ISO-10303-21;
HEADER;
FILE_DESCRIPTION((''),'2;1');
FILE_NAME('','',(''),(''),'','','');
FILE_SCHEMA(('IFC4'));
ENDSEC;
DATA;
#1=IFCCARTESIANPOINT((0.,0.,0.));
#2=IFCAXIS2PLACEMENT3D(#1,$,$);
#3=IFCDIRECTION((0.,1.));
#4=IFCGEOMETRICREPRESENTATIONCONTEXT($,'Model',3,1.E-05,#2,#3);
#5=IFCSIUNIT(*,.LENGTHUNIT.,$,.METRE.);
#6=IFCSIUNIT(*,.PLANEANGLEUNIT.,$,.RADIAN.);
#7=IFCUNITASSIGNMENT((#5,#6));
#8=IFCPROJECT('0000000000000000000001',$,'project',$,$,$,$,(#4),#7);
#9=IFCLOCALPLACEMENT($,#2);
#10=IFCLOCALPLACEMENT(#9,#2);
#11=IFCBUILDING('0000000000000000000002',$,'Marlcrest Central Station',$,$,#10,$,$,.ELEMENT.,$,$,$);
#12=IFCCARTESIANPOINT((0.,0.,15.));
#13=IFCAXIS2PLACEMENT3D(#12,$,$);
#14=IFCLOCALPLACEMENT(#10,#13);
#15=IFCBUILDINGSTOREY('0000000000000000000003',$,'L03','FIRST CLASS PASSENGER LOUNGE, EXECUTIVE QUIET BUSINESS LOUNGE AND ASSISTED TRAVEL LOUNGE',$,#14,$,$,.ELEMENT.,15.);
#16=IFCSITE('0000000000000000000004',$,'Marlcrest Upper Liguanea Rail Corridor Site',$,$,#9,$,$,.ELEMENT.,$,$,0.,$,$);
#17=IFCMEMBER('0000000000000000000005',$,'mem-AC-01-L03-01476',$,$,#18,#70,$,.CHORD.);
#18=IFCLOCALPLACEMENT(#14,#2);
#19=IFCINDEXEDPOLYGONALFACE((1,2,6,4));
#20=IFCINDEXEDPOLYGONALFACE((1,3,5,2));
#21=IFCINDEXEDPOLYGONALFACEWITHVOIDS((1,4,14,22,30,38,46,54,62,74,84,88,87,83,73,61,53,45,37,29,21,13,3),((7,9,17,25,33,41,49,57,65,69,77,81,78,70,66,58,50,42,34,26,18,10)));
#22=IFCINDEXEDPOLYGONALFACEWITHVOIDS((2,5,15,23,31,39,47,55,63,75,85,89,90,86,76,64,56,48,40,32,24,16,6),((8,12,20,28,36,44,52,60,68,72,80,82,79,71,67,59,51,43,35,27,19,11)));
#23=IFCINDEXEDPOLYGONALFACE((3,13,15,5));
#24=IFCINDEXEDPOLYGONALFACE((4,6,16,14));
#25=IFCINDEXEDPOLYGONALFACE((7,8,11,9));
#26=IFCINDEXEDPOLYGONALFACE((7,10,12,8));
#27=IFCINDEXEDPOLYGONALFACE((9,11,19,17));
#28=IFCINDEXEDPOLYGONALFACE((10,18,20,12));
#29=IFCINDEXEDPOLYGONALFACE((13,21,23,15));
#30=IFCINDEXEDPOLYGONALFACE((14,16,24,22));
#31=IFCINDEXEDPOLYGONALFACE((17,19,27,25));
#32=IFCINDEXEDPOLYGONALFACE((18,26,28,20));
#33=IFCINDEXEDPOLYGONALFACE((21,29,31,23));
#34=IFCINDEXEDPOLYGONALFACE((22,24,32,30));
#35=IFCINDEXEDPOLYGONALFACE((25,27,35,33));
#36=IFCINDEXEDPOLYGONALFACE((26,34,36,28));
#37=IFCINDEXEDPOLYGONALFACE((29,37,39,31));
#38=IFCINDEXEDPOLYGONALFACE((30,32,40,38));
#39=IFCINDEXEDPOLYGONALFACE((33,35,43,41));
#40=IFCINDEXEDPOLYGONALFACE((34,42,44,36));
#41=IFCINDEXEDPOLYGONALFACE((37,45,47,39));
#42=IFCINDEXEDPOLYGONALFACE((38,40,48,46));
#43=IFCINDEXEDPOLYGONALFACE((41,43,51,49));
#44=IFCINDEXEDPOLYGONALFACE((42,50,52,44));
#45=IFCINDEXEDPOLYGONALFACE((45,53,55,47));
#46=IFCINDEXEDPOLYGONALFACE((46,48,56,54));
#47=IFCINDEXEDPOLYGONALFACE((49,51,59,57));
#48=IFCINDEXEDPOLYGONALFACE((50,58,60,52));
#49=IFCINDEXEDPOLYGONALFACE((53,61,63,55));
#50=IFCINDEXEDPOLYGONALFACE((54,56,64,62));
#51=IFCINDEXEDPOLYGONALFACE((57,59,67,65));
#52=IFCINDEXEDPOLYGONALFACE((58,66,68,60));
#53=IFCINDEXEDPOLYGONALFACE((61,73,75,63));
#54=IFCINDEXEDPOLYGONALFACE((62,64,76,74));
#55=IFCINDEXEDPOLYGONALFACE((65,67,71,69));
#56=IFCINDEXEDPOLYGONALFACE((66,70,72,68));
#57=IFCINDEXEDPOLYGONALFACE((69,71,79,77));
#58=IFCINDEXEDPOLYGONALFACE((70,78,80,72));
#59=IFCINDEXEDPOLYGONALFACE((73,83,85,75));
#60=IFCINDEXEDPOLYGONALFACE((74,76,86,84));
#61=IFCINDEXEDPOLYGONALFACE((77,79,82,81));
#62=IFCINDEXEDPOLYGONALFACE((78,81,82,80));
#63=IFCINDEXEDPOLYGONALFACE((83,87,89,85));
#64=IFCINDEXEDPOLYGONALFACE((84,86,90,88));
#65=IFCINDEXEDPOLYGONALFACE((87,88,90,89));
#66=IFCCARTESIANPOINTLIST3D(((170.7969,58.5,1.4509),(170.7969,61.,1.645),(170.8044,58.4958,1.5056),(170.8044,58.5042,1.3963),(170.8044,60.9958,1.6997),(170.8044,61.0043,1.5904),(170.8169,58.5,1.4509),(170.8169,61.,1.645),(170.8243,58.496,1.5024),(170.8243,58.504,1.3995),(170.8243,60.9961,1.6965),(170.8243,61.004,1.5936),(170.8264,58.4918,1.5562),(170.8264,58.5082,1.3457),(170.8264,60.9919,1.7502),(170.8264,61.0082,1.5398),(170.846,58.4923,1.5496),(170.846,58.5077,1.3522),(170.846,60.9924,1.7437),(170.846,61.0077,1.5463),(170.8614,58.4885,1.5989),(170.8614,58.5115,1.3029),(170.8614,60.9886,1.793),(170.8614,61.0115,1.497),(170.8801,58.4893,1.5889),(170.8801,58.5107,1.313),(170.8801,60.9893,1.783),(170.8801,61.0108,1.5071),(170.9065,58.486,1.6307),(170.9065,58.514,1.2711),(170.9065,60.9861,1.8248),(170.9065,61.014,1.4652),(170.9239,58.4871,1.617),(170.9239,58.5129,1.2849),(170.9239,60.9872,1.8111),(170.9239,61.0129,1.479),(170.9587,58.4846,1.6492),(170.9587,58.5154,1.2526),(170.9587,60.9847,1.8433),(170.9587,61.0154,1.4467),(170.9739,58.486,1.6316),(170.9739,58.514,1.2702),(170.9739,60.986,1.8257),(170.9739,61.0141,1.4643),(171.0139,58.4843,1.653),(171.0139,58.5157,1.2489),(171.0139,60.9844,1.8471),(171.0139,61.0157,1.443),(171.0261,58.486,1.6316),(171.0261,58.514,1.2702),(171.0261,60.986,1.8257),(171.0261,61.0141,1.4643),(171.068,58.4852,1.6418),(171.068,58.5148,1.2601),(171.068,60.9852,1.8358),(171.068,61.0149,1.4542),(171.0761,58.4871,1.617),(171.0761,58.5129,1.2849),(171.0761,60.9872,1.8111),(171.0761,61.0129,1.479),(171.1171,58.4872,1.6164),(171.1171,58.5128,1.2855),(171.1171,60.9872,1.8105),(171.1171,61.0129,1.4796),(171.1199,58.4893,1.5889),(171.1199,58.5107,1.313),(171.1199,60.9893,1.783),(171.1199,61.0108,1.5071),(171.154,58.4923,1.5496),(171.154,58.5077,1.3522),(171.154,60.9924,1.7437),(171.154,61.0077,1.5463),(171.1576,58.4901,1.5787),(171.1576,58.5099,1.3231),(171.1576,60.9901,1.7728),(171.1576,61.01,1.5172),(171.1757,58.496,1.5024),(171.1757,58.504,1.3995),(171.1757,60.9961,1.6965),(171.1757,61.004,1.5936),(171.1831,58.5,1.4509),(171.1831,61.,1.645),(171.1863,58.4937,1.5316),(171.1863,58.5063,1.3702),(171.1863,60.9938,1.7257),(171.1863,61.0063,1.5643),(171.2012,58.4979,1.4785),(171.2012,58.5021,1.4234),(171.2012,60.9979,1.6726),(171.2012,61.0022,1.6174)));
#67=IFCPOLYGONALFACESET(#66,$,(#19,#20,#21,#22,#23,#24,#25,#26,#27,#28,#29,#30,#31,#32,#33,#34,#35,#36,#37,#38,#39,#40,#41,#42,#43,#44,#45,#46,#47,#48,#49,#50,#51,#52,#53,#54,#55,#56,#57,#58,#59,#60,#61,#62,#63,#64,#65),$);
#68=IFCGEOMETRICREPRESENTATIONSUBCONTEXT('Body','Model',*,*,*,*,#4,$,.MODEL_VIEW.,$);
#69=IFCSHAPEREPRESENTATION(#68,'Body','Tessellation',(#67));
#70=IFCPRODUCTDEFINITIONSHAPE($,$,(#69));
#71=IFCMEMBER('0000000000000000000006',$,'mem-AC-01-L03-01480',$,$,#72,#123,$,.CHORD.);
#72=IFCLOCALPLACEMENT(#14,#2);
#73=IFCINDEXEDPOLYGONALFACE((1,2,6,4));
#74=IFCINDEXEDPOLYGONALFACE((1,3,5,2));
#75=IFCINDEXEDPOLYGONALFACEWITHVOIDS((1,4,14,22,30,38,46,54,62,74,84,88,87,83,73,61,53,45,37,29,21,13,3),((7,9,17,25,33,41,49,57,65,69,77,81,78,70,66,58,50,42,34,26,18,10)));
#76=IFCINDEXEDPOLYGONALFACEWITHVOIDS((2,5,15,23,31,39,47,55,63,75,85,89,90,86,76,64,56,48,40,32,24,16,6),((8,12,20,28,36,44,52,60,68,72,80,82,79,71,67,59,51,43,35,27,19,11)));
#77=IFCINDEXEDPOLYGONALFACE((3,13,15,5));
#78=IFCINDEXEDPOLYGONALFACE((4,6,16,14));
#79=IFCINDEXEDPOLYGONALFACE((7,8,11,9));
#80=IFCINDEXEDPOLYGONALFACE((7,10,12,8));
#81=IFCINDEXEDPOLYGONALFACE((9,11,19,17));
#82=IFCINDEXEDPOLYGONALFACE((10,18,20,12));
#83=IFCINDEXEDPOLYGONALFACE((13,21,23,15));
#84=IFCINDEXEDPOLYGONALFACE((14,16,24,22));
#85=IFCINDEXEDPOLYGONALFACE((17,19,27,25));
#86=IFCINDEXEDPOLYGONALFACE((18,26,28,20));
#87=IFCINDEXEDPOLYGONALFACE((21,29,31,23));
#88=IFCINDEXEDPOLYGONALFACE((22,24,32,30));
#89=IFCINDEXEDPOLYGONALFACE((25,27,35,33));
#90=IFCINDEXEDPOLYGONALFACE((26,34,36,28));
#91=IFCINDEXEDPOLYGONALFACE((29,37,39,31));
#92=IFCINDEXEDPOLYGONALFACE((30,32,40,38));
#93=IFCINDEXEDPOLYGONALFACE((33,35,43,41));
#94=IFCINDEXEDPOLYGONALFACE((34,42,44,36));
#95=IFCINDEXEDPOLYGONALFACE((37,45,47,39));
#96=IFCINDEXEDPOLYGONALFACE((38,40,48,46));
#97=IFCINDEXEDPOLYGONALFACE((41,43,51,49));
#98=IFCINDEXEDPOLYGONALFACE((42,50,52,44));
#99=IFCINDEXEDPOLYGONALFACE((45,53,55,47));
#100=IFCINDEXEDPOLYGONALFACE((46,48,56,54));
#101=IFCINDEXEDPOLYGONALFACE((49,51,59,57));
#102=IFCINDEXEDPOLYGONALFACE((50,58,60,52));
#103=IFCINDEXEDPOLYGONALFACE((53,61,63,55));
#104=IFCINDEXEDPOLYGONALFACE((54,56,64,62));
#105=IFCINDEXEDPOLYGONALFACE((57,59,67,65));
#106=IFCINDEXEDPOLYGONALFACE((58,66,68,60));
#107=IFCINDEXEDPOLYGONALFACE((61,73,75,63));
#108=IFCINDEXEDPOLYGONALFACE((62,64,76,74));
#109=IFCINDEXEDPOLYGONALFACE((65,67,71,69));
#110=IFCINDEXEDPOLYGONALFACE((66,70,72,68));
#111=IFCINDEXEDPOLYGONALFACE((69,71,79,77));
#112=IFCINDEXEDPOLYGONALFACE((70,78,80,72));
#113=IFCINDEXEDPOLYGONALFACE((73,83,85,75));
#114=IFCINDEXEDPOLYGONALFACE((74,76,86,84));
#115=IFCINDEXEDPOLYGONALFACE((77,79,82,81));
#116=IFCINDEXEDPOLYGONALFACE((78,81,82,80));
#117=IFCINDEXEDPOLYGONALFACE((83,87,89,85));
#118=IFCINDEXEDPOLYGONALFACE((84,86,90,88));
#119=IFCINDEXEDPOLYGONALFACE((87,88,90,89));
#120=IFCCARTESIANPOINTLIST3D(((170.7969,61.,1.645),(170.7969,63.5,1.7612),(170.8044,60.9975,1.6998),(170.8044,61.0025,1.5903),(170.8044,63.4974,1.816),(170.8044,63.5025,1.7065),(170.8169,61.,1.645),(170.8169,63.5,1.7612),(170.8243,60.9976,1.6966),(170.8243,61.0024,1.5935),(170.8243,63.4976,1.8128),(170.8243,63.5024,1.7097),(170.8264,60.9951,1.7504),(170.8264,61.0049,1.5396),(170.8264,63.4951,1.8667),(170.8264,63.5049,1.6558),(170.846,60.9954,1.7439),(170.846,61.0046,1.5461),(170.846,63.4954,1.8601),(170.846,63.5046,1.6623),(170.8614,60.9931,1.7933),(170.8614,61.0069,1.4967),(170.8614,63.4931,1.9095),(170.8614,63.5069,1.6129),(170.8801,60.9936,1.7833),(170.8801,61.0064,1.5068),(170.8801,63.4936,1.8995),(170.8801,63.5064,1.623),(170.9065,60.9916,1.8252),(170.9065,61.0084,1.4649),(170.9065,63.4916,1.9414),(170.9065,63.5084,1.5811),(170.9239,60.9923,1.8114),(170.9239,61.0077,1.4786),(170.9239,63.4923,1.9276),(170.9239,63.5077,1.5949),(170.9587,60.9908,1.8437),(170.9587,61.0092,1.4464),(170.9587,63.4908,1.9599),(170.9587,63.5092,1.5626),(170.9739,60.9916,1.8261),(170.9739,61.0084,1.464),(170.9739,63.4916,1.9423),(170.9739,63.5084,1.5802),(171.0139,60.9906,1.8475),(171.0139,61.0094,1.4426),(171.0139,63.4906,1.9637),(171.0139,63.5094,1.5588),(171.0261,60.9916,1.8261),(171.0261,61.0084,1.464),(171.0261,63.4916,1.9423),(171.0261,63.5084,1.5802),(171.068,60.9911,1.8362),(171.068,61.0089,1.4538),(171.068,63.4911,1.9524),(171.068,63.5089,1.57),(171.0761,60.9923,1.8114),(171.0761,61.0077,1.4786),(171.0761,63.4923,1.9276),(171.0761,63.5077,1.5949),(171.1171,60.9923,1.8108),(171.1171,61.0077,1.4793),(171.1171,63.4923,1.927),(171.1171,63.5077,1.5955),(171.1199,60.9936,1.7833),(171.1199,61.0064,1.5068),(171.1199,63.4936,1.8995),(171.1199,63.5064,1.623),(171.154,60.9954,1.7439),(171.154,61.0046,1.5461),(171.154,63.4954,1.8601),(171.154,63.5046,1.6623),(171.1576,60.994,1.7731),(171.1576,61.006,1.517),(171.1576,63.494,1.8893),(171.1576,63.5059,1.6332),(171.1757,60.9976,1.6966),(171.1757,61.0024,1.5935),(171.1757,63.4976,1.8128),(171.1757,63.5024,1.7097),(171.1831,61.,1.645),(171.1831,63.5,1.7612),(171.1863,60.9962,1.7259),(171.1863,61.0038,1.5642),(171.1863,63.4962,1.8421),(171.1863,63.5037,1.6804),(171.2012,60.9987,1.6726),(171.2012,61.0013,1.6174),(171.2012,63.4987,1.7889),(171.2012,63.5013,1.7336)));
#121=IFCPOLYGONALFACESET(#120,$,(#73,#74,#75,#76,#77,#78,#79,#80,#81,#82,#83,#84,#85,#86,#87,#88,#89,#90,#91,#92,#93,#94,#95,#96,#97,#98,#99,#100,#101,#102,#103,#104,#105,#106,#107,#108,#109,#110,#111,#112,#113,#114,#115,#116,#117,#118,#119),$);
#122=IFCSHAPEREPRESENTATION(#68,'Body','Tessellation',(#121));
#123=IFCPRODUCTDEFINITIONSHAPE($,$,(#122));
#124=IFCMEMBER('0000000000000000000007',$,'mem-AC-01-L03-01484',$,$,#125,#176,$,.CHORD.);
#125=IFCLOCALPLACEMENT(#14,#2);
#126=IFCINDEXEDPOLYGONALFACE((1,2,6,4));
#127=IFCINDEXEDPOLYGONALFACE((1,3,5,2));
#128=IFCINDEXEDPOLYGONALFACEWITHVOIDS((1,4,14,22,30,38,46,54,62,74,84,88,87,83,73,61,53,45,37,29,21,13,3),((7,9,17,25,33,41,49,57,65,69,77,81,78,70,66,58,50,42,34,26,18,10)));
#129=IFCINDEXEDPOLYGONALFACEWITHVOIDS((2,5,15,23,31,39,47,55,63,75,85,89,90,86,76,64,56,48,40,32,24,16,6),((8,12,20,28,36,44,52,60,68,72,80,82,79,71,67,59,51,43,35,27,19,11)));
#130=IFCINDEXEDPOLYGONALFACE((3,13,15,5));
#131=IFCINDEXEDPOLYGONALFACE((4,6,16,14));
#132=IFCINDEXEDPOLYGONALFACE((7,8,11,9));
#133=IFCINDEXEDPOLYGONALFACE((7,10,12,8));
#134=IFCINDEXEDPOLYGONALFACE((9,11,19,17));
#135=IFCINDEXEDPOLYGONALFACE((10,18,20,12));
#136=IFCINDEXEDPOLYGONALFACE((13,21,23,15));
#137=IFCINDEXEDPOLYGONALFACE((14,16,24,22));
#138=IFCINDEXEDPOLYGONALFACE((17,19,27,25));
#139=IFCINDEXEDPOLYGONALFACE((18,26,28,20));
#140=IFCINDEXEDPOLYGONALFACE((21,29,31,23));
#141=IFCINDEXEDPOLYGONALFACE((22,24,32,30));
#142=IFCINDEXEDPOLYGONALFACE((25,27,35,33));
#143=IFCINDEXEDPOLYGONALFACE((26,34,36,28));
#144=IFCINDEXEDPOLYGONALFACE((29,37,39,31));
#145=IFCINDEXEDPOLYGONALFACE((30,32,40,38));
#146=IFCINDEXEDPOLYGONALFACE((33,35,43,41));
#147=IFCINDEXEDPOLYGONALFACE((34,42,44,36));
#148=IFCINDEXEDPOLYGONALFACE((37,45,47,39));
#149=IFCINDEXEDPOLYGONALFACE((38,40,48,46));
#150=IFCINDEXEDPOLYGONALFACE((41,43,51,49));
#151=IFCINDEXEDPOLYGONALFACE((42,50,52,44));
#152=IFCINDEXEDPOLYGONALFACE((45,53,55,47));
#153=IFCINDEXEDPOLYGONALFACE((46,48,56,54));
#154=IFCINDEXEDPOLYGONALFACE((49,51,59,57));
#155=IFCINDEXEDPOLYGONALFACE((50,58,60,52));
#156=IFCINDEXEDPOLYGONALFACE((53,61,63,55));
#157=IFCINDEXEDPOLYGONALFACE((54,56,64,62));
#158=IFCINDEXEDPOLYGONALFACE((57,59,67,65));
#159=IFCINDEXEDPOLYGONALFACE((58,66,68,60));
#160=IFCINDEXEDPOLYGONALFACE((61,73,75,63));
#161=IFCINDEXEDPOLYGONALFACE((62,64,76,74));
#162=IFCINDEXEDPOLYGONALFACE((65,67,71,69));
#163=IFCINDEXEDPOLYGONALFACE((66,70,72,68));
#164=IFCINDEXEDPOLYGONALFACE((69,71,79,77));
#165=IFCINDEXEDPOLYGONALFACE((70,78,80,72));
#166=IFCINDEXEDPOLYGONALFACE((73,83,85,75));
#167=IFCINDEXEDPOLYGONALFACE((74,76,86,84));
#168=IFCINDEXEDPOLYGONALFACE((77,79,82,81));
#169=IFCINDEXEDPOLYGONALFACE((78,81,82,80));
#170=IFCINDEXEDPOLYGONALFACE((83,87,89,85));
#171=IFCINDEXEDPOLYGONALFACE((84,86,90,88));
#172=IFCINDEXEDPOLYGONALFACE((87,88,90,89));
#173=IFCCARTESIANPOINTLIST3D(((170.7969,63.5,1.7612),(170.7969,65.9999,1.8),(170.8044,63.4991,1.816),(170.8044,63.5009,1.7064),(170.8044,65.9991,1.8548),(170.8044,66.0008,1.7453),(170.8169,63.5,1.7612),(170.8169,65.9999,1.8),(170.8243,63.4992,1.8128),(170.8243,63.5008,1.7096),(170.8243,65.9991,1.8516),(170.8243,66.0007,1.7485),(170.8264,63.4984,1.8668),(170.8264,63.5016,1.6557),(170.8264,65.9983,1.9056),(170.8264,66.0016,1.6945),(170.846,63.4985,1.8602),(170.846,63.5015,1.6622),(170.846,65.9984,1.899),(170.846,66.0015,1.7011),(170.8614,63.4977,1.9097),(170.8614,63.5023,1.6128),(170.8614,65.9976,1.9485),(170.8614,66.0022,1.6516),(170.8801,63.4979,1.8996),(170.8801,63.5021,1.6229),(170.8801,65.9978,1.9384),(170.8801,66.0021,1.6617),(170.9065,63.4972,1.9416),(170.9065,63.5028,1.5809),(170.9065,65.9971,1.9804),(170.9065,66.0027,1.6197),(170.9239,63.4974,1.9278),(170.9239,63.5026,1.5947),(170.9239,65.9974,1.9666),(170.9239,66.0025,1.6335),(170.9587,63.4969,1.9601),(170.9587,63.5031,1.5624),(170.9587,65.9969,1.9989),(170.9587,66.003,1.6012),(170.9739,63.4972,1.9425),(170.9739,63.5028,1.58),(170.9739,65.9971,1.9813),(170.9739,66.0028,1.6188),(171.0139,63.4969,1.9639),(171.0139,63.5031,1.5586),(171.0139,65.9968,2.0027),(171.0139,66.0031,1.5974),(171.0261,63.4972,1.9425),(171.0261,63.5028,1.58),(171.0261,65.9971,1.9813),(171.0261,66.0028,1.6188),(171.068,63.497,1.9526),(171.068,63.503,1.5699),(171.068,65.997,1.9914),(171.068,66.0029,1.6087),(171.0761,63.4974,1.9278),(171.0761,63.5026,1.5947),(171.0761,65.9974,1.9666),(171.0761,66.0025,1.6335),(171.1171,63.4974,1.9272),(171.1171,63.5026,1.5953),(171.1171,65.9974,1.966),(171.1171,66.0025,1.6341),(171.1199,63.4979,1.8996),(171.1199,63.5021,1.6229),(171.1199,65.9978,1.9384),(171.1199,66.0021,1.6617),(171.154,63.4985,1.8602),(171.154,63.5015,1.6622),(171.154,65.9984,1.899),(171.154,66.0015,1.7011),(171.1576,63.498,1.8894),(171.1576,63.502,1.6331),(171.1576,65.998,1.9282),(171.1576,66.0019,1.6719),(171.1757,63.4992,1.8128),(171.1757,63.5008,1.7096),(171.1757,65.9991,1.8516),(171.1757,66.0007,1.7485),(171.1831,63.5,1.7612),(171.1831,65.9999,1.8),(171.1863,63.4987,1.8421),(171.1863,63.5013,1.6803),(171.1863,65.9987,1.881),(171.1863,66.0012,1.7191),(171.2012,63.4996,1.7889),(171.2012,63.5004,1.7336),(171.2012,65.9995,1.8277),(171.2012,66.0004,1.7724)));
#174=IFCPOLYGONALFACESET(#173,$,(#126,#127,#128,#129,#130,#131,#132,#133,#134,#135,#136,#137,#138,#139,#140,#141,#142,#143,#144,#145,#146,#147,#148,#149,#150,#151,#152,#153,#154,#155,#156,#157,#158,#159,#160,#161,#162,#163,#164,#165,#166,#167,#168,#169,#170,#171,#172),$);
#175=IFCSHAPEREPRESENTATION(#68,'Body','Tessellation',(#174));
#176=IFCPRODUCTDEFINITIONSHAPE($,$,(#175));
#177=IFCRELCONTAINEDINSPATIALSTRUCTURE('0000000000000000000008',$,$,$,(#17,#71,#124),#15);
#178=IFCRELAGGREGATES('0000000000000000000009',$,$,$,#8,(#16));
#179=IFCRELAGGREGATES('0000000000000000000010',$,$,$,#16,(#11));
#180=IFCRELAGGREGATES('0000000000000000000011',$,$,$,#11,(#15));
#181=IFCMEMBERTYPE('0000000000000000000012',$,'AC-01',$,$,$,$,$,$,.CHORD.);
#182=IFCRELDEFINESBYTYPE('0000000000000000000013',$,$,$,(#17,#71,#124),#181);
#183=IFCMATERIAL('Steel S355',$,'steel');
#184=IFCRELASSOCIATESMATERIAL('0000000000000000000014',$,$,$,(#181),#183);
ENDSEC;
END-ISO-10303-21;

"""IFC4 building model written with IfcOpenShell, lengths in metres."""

from ifc_helpers import new_model, si_unit, direction, frame, origin, origin_2d, place, context, subcontext, project, spatial, hollow_circle, extrude, material, material_profile, profile_set, type_object, element, save


model = new_model("IFC4")

# Units and contexts
model_context = context("Model", 3, precision=1e-05, world=origin(), true_north=direction((0.0, 1.0)))
body_context = subcontext(model_context, "Body", "Model", "MODEL_VIEW")
ifc_project = project(units=[si_unit("LENGTHUNIT", "METRE"), si_unit("PLANEANGLEUNIT", "RADIAN")], contexts=[model_context])

# Site, building, storey
site_placement = place(None, origin())
site = spatial("IfcSite", under=ifc_project, at=site_placement, Name="Marlcrest Upper Liguanea Rail Corridor Site", CompositionType="ELEMENT", RefElevation=0.0)
building_placement = place(site_placement, origin())
building = spatial("IfcBuilding", under=site, at=building_placement, Name="Marlcrest Central Station", CompositionType="ELEMENT")
storey_placement = place(building_placement, frame((0.0, 0.0, 15.0)))
storey = spatial("IfcBuildingStorey", under=building, at=storey_placement, Name="L03", Description="FIRST CLASS PASSENGER LOUNGE, EXECUTIVE QUIET BUSINESS LOUNGE AND ASSISTED TRAVEL LOUNGE", CompositionType="ELEMENT", Elevation=15.0)

# Members
ifc_material_1 = material(Name="Steel S355", Category="steel")
ifc_material_profile_1 = material_profile(ifc_material_1, hollow_circle(Radius=0.2031, WallThickness=0.02, at=origin_2d()), Name="CHS 406.4x20")
ifc_profile_set_1 = profile_set([ifc_material_profile_1], Name="Steel S355")
member_type_1 = type_object("IfcMemberType", Name="AC-01", PredefinedType="CHORD", material=ifc_profile_set_1)
member_1_placement = place(storey_placement, frame((171.0, 58.5, 1.4509), z_axis=(0.0, 0.997, 0.077404), x_axis=(-1.0, 0.0, 0.0)))
element("IfcMember", 1, at=member_1_placement, inside=storey, type_object=member_type_1, Name="mem-AC-01-L03-01476", PredefinedType="CHORD", context=body_context, shape_type="SweptSolid", body=[
    extrude(hollow_circle(Radius=0.2031, WallThickness=0.02, at=origin_2d()), origin(), (0.0, 0.0, 1.0), 2.5076),
])
member_2_placement = place(storey_placement, frame((171.0, 61.0, 1.645), z_axis=(0.0, 0.998921, 0.046434), x_axis=(-1.0, 0.0, 0.0)))
element("IfcMember", 2, at=member_2_placement, inside=storey, type_object=member_type_1, Name="mem-AC-01-L03-01480", PredefinedType="CHORD", context=body_context, shape_type="SweptSolid", body=[
    extrude(hollow_circle(Radius=0.2031, WallThickness=0.02, at=origin_2d()), origin(), (0.0, 0.0, 1.0), 2.5027),
])
member_3_placement = place(storey_placement, frame((171.0, 63.5, 1.7612), z_axis=(0.0, 0.999879, 0.015525), x_axis=(-1.0, 0.0, 0.0)))
element("IfcMember", 3, at=member_3_placement, inside=storey, type_object=member_type_1, Name="mem-AC-01-L03-01484", PredefinedType="CHORD", context=body_context, shape_type="SweptSolid", body=[
    extrude(hollow_circle(Radius=0.2031, WallThickness=0.02, at=origin_2d()), origin(), (0.0, 0.0, 1.0), 2.5002),
])

save(model, "model.ifc")
